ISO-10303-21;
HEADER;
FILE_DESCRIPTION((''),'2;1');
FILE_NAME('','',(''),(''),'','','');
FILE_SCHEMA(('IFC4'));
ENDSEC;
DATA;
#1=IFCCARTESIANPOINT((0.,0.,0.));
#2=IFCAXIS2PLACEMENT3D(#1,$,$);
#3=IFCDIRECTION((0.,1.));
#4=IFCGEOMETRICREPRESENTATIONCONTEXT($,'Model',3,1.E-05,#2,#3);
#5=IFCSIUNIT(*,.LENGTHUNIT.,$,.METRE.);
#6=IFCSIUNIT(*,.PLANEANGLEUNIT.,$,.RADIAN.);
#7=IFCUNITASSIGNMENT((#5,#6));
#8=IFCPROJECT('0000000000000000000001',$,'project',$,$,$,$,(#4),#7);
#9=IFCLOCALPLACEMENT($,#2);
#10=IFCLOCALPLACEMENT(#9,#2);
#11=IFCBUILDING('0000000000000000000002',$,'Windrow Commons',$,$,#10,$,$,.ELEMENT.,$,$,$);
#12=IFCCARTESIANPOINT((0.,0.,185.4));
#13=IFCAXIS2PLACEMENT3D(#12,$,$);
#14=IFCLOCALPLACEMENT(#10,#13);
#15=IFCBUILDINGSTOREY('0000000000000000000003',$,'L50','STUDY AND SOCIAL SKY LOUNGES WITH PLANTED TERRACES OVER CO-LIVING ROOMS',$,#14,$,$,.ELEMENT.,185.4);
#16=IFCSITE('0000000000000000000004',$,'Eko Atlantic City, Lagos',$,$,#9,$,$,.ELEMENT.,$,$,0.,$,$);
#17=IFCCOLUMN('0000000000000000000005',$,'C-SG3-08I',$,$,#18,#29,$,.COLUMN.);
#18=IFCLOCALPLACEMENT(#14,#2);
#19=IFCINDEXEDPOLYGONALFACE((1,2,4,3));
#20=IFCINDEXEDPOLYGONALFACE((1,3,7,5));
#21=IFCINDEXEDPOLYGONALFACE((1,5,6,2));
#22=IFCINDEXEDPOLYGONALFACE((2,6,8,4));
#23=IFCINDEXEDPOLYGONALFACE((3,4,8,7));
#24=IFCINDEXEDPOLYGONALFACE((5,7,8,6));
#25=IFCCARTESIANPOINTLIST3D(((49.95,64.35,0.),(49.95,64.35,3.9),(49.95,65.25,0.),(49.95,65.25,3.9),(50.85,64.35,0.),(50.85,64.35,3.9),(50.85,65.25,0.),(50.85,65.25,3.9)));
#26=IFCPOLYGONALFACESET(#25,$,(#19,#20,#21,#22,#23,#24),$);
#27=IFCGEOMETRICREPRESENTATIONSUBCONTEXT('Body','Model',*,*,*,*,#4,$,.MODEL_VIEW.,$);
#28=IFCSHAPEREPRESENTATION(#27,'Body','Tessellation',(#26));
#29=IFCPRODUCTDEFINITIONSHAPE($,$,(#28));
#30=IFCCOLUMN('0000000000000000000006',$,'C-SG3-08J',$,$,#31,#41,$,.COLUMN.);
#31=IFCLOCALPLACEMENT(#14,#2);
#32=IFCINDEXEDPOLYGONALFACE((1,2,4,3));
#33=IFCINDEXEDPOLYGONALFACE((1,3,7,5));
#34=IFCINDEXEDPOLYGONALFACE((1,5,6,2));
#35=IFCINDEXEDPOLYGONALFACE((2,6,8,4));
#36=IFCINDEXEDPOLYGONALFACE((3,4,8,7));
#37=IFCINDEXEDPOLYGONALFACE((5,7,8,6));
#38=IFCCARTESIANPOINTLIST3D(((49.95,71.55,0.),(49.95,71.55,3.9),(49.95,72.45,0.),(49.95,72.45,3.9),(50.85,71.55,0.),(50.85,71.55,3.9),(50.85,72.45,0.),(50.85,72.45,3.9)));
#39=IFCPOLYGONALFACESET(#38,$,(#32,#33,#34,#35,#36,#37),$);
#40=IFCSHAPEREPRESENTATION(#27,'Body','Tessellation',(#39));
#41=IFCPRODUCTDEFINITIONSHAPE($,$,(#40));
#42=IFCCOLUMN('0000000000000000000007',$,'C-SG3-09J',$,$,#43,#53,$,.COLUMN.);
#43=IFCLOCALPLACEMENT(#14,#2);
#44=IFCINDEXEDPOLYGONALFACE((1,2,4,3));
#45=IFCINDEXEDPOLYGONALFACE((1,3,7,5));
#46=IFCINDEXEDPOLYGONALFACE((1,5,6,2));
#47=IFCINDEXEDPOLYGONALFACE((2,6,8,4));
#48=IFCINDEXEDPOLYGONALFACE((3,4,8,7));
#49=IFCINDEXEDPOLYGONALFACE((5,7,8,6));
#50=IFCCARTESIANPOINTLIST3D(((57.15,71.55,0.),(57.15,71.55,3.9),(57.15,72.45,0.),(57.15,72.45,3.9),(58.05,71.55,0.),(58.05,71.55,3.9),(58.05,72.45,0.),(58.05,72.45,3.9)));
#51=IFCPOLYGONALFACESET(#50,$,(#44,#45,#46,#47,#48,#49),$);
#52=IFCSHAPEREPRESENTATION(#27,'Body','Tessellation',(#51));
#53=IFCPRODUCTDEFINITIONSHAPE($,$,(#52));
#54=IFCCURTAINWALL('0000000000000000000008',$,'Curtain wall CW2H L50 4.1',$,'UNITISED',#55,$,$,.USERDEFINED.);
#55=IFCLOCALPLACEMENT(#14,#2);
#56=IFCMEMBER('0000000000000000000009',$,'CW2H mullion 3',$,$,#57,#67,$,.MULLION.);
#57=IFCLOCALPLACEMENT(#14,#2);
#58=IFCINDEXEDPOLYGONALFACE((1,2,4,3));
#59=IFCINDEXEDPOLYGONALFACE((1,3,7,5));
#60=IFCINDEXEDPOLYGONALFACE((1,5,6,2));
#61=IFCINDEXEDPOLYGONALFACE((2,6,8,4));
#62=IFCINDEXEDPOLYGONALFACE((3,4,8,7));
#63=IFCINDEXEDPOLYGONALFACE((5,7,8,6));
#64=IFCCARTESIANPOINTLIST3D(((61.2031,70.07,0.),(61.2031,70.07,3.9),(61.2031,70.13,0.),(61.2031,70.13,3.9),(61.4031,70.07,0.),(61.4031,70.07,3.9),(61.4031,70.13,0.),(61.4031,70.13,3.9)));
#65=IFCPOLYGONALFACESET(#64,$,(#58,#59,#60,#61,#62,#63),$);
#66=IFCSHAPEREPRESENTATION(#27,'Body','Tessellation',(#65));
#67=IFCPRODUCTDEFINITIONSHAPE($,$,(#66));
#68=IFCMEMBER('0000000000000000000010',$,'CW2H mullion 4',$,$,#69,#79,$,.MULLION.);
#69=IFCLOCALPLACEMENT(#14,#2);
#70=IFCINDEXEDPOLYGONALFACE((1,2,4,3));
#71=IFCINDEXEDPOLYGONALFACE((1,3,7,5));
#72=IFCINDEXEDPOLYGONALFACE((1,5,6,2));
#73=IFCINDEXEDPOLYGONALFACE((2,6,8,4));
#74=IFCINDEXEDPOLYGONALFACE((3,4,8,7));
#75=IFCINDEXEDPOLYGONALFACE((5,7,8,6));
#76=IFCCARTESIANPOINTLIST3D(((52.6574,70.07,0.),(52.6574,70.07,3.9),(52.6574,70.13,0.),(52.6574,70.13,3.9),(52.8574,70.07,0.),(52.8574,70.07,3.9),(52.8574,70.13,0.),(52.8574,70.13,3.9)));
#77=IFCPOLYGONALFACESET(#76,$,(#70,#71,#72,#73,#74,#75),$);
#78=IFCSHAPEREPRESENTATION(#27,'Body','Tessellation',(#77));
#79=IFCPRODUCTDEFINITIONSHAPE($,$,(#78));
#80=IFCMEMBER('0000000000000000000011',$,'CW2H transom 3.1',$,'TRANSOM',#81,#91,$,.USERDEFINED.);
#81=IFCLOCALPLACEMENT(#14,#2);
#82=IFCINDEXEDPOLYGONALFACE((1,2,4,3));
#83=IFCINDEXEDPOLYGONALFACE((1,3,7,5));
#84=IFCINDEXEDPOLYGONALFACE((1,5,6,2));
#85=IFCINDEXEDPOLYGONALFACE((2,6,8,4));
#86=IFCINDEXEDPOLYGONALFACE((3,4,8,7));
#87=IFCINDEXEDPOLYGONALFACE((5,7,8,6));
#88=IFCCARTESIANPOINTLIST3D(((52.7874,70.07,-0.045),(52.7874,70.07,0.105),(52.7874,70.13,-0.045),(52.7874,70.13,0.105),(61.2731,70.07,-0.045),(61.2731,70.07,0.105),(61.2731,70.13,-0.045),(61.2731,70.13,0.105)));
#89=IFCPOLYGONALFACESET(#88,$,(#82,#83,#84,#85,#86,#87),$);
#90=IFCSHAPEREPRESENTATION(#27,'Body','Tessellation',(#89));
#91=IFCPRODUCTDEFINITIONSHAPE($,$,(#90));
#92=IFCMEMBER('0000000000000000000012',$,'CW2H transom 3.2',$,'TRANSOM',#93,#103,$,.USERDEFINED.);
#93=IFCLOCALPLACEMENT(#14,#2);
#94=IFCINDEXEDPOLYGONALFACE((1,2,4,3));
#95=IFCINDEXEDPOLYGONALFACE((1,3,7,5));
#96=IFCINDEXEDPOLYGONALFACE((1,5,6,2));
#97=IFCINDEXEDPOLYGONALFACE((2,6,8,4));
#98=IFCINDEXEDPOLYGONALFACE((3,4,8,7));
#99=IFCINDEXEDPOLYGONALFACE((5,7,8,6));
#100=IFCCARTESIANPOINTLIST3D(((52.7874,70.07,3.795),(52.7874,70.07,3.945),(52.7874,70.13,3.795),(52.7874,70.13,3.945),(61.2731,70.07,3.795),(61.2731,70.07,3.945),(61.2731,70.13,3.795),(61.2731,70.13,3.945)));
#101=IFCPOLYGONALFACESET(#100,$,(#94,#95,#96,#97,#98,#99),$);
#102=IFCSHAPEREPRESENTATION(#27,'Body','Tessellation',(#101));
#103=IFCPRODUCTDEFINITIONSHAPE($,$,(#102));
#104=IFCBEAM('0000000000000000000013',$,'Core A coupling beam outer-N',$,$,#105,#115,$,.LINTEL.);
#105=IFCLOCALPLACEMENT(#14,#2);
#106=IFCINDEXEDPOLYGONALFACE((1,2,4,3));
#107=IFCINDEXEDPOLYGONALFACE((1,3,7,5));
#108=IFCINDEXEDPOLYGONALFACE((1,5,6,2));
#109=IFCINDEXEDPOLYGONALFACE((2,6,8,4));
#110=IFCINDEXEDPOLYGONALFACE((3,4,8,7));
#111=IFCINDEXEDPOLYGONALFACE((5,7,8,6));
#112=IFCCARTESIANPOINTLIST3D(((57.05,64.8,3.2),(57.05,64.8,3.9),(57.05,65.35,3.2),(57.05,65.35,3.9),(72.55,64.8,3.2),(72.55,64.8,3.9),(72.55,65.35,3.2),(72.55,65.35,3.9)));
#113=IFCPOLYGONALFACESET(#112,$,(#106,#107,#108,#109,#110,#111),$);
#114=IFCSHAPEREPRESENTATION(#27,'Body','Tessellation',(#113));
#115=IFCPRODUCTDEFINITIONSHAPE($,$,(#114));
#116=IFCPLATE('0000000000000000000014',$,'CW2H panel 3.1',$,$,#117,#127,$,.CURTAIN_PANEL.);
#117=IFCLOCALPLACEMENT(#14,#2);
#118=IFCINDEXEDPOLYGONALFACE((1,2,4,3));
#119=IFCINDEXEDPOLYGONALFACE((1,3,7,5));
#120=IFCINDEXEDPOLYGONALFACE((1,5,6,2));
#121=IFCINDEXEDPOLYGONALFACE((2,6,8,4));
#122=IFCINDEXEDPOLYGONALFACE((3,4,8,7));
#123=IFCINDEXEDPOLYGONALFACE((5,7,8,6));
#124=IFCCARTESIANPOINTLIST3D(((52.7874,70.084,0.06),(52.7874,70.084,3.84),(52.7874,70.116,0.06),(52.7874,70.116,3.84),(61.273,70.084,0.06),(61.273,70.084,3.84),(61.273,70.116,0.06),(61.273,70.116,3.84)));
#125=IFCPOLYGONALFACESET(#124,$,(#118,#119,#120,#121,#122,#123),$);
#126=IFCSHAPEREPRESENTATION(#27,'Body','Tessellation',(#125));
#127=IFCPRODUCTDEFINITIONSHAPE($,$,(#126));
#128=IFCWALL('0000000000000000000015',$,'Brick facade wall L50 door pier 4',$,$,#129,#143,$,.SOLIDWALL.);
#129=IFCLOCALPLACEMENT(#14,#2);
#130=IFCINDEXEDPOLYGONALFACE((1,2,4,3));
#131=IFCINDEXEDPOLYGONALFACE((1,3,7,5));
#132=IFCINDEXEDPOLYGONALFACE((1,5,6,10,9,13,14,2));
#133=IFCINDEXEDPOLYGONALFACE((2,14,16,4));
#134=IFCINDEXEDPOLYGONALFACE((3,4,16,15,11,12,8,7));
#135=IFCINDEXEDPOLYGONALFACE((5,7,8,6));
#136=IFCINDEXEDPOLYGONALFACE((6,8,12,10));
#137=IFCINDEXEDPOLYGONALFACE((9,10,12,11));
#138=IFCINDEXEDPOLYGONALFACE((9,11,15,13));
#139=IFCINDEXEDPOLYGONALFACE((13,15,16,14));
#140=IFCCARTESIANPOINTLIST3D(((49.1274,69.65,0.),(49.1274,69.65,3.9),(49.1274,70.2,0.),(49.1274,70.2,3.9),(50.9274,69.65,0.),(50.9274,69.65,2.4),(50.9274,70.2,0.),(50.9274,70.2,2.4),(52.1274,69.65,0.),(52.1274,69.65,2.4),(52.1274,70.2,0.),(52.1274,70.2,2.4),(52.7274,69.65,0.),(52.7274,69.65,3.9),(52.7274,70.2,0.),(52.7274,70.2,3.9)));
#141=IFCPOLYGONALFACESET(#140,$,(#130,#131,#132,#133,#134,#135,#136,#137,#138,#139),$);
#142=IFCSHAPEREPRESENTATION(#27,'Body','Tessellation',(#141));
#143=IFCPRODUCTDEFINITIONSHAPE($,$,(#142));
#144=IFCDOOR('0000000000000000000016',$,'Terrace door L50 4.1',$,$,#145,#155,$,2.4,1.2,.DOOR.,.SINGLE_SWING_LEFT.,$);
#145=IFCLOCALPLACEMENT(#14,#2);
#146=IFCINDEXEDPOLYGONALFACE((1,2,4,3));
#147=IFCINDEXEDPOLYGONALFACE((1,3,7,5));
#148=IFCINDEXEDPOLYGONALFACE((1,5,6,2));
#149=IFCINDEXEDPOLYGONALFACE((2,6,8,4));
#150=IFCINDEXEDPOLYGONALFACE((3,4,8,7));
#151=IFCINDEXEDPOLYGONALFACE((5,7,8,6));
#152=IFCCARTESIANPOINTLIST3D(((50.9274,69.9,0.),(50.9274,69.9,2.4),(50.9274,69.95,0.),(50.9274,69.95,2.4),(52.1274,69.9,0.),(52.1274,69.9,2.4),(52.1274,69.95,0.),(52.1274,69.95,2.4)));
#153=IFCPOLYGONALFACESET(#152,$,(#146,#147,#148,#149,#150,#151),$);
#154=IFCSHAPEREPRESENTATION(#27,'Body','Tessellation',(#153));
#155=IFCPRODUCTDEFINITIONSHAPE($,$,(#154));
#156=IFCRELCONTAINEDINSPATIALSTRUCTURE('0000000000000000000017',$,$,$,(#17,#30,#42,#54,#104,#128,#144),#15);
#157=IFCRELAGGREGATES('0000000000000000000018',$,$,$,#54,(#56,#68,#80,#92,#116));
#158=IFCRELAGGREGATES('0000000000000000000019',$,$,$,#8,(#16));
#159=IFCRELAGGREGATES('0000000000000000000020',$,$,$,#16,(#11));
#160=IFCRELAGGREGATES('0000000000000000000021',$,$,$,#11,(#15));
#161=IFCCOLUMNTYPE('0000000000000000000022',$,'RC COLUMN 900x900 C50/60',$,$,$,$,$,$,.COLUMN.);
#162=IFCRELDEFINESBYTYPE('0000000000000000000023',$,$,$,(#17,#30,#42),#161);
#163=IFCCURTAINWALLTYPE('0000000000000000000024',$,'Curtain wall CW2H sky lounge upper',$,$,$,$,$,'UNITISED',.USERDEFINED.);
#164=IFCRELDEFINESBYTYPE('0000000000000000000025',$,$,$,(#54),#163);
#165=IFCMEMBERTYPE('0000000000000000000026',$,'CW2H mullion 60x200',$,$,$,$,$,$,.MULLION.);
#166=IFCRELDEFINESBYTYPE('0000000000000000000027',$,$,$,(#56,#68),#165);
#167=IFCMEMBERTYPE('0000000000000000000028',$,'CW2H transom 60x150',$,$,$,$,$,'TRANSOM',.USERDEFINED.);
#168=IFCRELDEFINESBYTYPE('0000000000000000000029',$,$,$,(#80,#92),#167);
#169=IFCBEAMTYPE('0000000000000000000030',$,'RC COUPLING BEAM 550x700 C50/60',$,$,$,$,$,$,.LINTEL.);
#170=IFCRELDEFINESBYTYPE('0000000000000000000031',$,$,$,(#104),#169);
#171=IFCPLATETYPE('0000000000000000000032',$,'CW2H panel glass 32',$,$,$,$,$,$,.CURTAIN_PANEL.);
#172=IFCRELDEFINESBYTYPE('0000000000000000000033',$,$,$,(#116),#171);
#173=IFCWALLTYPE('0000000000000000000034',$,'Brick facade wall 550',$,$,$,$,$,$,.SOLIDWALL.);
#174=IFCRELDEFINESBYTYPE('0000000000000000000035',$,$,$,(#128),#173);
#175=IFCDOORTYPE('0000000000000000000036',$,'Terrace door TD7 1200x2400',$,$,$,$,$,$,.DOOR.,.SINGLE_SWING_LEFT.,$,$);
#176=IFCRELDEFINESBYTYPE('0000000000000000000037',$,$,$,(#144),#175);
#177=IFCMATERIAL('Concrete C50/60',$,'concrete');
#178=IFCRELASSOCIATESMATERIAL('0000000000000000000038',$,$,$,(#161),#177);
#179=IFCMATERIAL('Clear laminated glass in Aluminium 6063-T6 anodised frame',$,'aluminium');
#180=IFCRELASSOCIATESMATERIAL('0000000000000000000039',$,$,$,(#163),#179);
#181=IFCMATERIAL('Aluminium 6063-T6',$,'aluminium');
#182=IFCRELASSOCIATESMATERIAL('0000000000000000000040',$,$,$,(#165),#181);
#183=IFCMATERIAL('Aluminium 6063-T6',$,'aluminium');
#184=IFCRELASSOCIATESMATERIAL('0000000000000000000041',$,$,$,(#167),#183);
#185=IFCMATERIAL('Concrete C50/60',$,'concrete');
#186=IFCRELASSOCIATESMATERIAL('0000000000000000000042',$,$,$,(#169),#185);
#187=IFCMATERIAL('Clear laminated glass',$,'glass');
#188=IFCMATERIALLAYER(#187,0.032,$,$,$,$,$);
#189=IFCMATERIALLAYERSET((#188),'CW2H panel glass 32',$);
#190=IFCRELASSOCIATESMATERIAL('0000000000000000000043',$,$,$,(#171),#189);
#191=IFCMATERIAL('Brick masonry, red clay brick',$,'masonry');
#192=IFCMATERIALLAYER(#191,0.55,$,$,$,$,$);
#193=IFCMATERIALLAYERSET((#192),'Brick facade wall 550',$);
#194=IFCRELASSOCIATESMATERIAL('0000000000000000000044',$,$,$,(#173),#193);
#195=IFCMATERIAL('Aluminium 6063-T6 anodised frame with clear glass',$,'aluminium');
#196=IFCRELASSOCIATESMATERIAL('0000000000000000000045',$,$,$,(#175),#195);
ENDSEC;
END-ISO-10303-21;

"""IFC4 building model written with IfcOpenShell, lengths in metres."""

from ifc_helpers import new_model, si_unit, direction, frame, frame_2d, origin, origin_2d, place, context, subcontext, project, spatial, rectangle, extrude, material, layer, layer_set, material_profile, profile_set, type_object, element, fill, aggregate, save


model = new_model("IFC4")

# Units and contexts
model_context = context("Model", 3, precision=1e-05, world=origin(), true_north=direction((0.0, 1.0)))
body_context = subcontext(model_context, "Body", "Model", "MODEL_VIEW")
ifc_project = project(units=[si_unit("LENGTHUNIT", "METRE"), si_unit("PLANEANGLEUNIT", "RADIAN")], contexts=[model_context])

# Site, building, storey
site_placement = place(None, origin())
site = spatial("IfcSite", under=ifc_project, at=site_placement, Name="Eko Atlantic City, Lagos", CompositionType="ELEMENT", RefElevation=0.0)
building_placement = place(site_placement, origin())
building = spatial("IfcBuilding", under=site, at=building_placement, Name="Windrow Commons", CompositionType="ELEMENT")
storey_placement = place(building_placement, frame((0.0, 0.0, 185.4)))
storey = spatial("IfcBuildingStorey", under=building, at=storey_placement, Name="L50", Description="STUDY AND SOCIAL SKY LOUNGES WITH PLANTED TERRACES OVER CO-LIVING ROOMS", CompositionType="ELEMENT", Elevation=185.4)

# Columns
ifc_material_1 = material(Name="Concrete C50/60", Category="concrete")
ifc_material_profile_1 = material_profile(ifc_material_1, rectangle(XDim=0.9, YDim=0.9, at=origin_2d()))
ifc_profile_set_1 = profile_set([ifc_material_profile_1], Name="Concrete C50/60")
column_type = type_object("IfcColumnType", Name="RC COLUMN 900x900 C50/60", PredefinedType="COLUMN", material=ifc_profile_set_1)
for number, where, z_axis, x_axis, name in (
    (1, (50.4, 64.8, 0.0), (0.0, 0.0, 1.0), (1.0, 0.0, 0.0), "C-SG3-08I"),
    (2, (50.4, 72.0, 0.0), (0.0, 0.0, 1.0), (1.0, 0.0, 0.0), "C-SG3-08J"),
    (3, (57.6, 72.0, 0.0), (0.0, 0.0, 1.0), (1.0, 0.0, 0.0), "C-SG3-09J"),
):
    element("IfcColumn", number, at=place(storey_placement, frame(where, z_axis=z_axis, x_axis=x_axis)), inside=storey, type_object=column_type, Name=name, PredefinedType="COLUMN", context=body_context, shape_type="SweptSolid", body=[
        extrude(rectangle(XDim=0.9, YDim=0.9, at=origin_2d()), origin(), (0.0, 0.0, 1.0), 3.9),
    ])

# Curtain wall, members
ifc_material_2 = material(Name="Clear laminated glass in Aluminium 6063-T6 anodised frame", Category="aluminium")
curtain_wall_type = type_object("IfcCurtainWallType", Name="Curtain wall CW2H sky lounge upper", ElementType="UNITISED", PredefinedType="USERDEFINED", material=ifc_material_2)
placement = place(storey_placement, origin())
curtain_wall = element("IfcCurtainWall", 4, at=placement, inside=storey, type_object=curtain_wall_type, Name="Curtain wall CW2H L50 4.1", ObjectType="UNITISED", PredefinedType="USERDEFINED")
ifc_material_3 = material(Name="Aluminium 6063-T6", Category="aluminium")
ifc_material_profile_2 = material_profile(ifc_material_3, rectangle(XDim=0.06, YDim=0.2, at=origin_2d()))
ifc_profile_set_2 = profile_set([ifc_material_profile_2], Name="Aluminium 6063-T6")
member_type_1 = type_object("IfcMemberType", Name="CW2H mullion 60x200", PredefinedType="MULLION", material=ifc_profile_set_2)
member_1_placement = place(storey_placement, frame((61.3031, 70.1, 0.0), z_axis=(0.0, 0.0, 1.0), x_axis=(0.0, -1.0, 0.0)))
member_1 = element("IfcMember", 5, at=member_1_placement, type_object=member_type_1, Name="CW2H mullion 3", PredefinedType="MULLION", context=body_context, shape_type="SweptSolid", body=[
    extrude(rectangle(XDim=0.06, YDim=0.2, at=origin_2d()), origin(), (0.0, 0.0, 1.0), 3.9),
])
member_2_placement = place(storey_placement, frame((52.7574, 70.1, 0.0), z_axis=(0.0, 0.0, 1.0), x_axis=(0.0, -1.0, 0.0)))
member_2 = element("IfcMember", 6, at=member_2_placement, type_object=member_type_1, Name="CW2H mullion 4", PredefinedType="MULLION", context=body_context, shape_type="SweptSolid", body=[
    extrude(rectangle(XDim=0.06, YDim=0.2, at=origin_2d()), origin(), (0.0, 0.0, 1.0), 3.9),
])
ifc_material_4 = material(Name="Aluminium 6063-T6", Category="aluminium")
ifc_material_profile_3 = material_profile(ifc_material_4, rectangle(XDim=0.06, YDim=0.15, at=origin_2d()))
ifc_profile_set_3 = profile_set([ifc_material_profile_3], Name="Aluminium 6063-T6")
member_type_2 = type_object("IfcMemberType", Name="CW2H transom 60x150", ElementType="TRANSOM", PredefinedType="USERDEFINED", material=ifc_profile_set_3)
member_3_placement = place(storey_placement, frame((61.2731, 70.1, 0.03), z_axis=(-1.0, 0.0, 0.0), x_axis=(0.0, -1.0, 0.0)))
member_3 = element("IfcMember", 7, at=member_3_placement, type_object=member_type_2, Name="CW2H transom 3.1", ObjectType="TRANSOM", PredefinedType="USERDEFINED", context=body_context, shape_type="SweptSolid", body=[
    extrude(rectangle(XDim=0.06, YDim=0.15, at=origin_2d()), origin(), (0.0, 0.0, 1.0), 8.4857),
])
member_4_placement = place(storey_placement, frame((61.2731, 70.1, 3.87), z_axis=(-1.0, 0.0, 0.0), x_axis=(0.0, -1.0, 0.0)))
member_4 = element("IfcMember", 8, at=member_4_placement, type_object=member_type_2, Name="CW2H transom 3.2", ObjectType="TRANSOM", PredefinedType="USERDEFINED", context=body_context, shape_type="SweptSolid", body=[
    extrude(rectangle(XDim=0.06, YDim=0.15, at=origin_2d()), origin(), (0.0, 0.0, 1.0), 8.4857),
])

# Beam
ifc_material_5 = material(Name="Concrete C50/60", Category="concrete")
ifc_material_profile_4 = material_profile(ifc_material_5, rectangle(XDim=0.55, YDim=0.7, at=origin_2d()))
ifc_profile_set_4 = profile_set([ifc_material_profile_4], Name="Concrete C50/60")
beam_type = type_object("IfcBeamType", Name="RC COUPLING BEAM 550x700 C50/60", PredefinedType="LINTEL", material=ifc_profile_set_4)
beam_placement = place(storey_placement, frame((57.05, 65.075, 3.55), z_axis=(1.0, 0.0, 0.0), x_axis=(0.0, 1.0, 0.0)))
element("IfcBeam", 9, at=beam_placement, inside=storey, type_object=beam_type, Name="Core A coupling beam outer-N", PredefinedType="LINTEL", context=body_context, shape_type="SweptSolid", body=[
    extrude(rectangle(XDim=0.55, YDim=0.7, at=origin_2d()), origin(), (0.0, 0.0, 1.0), 15.5),
])

# Plate
ifc_material_6 = material(Name="Clear laminated glass", Category="glass")
ifc_layer_1 = layer(ifc_material_6, 0.032)
ifc_layer_set_1 = layer_set([ifc_layer_1], Name="CW2H panel glass 32")
plate_type = type_object("IfcPlateType", Name="CW2H panel glass 32", PredefinedType="CURTAIN_PANEL", material=ifc_layer_set_1)
plate_placement = place(storey_placement, frame((57.0302, 70.1, 0.06), z_axis=(0.0, 0.0, 1.0), x_axis=(-1.0, 0.0, 0.0)))
plate = element("IfcPlate", 10, at=plate_placement, type_object=plate_type, Name="CW2H panel 3.1", PredefinedType="CURTAIN_PANEL", context=body_context, shape_type="SweptSolid", body=[
    extrude(rectangle(XDim=8.4857, YDim=0.032, at=origin_2d()), origin(), (0.0, 0.0, 1.0), 3.78),
])
aggregate(curtain_wall, [member_1, member_2, member_3, member_4, plate])

# Wall, opening, door
ifc_material_7 = material(Name="Brick masonry, red clay brick", Category="masonry")
ifc_layer_2 = layer(ifc_material_7, 0.55)
ifc_layer_set_2 = layer_set([ifc_layer_2], Name="Brick facade wall 550")
wall_type_1 = type_object("IfcWallType", Name="Brick facade wall 550", PredefinedType="SOLIDWALL", material=ifc_layer_set_2)
wall_1_placement = place(storey_placement, frame((52.7274, 69.925, 0.0), z_axis=(0.0, 0.0, 1.0), x_axis=(-1.0, 0.0, 0.0)))
wall_1 = element("IfcWall", 11, at=wall_1_placement, inside=storey, type_object=wall_type_1, Name="Brick facade wall L50 door pier 4", PredefinedType="SOLIDWALL", context=body_context, shape_type="SweptSolid", body=[
    extrude(rectangle(XDim=3.6, YDim=0.55, at=frame_2d((1.8, 0.0))), origin(), (0.0, 0.0, 1.0), 3.9),
])
opening_1_placement = place(wall_1_placement, frame((0.6, 0.0, 0.0)))
opening_1 = element("IfcOpeningElement", 12, at=opening_1_placement, cuts=wall_1, PredefinedType="OPENING", context=body_context, shape_type="SweptSolid", body=[
    extrude(rectangle(XDim=1.2, YDim=2.4, at=frame_2d((0.6, 1.2))), frame((0.0, 0.285, 0.0), z_axis=(0.0, -1.0, 0.0), x_axis=(1.0, 0.0, 0.0)), (0.0, 0.0, 1.0), 0.57),
])
ifc_material_8 = material(Name="Aluminium 6063-T6 anodised frame with clear glass", Category="aluminium")
door_type_1 = type_object("IfcDoorType", Name="Terrace door TD7 1200x2400", OperationType="SINGLE_SWING_LEFT", PredefinedType="DOOR", material=ifc_material_8)
door_1_placement = place(opening_1_placement, origin())
door_1 = element("IfcDoor", 13, at=door_1_placement, inside=storey, type_object=door_type_1, Name="Terrace door L50 4.1", OperationType="SINGLE_SWING_LEFT", OverallHeight=2.4, OverallWidth=1.2, PredefinedType="DOOR", context=body_context, shape_type="SweptSolid", body=[
    extrude(rectangle(XDim=1.2, YDim=2.4, at=frame_2d((0.6, 1.2))), frame((0.0, 0.025, 0.0), z_axis=(0.0, -1.0, 0.0), x_axis=(1.0, 0.0, 0.0)), (0.0, 0.0, 1.0), 0.05),
])
fill(opening_1, door_1)

save(model, "model.ifc")
